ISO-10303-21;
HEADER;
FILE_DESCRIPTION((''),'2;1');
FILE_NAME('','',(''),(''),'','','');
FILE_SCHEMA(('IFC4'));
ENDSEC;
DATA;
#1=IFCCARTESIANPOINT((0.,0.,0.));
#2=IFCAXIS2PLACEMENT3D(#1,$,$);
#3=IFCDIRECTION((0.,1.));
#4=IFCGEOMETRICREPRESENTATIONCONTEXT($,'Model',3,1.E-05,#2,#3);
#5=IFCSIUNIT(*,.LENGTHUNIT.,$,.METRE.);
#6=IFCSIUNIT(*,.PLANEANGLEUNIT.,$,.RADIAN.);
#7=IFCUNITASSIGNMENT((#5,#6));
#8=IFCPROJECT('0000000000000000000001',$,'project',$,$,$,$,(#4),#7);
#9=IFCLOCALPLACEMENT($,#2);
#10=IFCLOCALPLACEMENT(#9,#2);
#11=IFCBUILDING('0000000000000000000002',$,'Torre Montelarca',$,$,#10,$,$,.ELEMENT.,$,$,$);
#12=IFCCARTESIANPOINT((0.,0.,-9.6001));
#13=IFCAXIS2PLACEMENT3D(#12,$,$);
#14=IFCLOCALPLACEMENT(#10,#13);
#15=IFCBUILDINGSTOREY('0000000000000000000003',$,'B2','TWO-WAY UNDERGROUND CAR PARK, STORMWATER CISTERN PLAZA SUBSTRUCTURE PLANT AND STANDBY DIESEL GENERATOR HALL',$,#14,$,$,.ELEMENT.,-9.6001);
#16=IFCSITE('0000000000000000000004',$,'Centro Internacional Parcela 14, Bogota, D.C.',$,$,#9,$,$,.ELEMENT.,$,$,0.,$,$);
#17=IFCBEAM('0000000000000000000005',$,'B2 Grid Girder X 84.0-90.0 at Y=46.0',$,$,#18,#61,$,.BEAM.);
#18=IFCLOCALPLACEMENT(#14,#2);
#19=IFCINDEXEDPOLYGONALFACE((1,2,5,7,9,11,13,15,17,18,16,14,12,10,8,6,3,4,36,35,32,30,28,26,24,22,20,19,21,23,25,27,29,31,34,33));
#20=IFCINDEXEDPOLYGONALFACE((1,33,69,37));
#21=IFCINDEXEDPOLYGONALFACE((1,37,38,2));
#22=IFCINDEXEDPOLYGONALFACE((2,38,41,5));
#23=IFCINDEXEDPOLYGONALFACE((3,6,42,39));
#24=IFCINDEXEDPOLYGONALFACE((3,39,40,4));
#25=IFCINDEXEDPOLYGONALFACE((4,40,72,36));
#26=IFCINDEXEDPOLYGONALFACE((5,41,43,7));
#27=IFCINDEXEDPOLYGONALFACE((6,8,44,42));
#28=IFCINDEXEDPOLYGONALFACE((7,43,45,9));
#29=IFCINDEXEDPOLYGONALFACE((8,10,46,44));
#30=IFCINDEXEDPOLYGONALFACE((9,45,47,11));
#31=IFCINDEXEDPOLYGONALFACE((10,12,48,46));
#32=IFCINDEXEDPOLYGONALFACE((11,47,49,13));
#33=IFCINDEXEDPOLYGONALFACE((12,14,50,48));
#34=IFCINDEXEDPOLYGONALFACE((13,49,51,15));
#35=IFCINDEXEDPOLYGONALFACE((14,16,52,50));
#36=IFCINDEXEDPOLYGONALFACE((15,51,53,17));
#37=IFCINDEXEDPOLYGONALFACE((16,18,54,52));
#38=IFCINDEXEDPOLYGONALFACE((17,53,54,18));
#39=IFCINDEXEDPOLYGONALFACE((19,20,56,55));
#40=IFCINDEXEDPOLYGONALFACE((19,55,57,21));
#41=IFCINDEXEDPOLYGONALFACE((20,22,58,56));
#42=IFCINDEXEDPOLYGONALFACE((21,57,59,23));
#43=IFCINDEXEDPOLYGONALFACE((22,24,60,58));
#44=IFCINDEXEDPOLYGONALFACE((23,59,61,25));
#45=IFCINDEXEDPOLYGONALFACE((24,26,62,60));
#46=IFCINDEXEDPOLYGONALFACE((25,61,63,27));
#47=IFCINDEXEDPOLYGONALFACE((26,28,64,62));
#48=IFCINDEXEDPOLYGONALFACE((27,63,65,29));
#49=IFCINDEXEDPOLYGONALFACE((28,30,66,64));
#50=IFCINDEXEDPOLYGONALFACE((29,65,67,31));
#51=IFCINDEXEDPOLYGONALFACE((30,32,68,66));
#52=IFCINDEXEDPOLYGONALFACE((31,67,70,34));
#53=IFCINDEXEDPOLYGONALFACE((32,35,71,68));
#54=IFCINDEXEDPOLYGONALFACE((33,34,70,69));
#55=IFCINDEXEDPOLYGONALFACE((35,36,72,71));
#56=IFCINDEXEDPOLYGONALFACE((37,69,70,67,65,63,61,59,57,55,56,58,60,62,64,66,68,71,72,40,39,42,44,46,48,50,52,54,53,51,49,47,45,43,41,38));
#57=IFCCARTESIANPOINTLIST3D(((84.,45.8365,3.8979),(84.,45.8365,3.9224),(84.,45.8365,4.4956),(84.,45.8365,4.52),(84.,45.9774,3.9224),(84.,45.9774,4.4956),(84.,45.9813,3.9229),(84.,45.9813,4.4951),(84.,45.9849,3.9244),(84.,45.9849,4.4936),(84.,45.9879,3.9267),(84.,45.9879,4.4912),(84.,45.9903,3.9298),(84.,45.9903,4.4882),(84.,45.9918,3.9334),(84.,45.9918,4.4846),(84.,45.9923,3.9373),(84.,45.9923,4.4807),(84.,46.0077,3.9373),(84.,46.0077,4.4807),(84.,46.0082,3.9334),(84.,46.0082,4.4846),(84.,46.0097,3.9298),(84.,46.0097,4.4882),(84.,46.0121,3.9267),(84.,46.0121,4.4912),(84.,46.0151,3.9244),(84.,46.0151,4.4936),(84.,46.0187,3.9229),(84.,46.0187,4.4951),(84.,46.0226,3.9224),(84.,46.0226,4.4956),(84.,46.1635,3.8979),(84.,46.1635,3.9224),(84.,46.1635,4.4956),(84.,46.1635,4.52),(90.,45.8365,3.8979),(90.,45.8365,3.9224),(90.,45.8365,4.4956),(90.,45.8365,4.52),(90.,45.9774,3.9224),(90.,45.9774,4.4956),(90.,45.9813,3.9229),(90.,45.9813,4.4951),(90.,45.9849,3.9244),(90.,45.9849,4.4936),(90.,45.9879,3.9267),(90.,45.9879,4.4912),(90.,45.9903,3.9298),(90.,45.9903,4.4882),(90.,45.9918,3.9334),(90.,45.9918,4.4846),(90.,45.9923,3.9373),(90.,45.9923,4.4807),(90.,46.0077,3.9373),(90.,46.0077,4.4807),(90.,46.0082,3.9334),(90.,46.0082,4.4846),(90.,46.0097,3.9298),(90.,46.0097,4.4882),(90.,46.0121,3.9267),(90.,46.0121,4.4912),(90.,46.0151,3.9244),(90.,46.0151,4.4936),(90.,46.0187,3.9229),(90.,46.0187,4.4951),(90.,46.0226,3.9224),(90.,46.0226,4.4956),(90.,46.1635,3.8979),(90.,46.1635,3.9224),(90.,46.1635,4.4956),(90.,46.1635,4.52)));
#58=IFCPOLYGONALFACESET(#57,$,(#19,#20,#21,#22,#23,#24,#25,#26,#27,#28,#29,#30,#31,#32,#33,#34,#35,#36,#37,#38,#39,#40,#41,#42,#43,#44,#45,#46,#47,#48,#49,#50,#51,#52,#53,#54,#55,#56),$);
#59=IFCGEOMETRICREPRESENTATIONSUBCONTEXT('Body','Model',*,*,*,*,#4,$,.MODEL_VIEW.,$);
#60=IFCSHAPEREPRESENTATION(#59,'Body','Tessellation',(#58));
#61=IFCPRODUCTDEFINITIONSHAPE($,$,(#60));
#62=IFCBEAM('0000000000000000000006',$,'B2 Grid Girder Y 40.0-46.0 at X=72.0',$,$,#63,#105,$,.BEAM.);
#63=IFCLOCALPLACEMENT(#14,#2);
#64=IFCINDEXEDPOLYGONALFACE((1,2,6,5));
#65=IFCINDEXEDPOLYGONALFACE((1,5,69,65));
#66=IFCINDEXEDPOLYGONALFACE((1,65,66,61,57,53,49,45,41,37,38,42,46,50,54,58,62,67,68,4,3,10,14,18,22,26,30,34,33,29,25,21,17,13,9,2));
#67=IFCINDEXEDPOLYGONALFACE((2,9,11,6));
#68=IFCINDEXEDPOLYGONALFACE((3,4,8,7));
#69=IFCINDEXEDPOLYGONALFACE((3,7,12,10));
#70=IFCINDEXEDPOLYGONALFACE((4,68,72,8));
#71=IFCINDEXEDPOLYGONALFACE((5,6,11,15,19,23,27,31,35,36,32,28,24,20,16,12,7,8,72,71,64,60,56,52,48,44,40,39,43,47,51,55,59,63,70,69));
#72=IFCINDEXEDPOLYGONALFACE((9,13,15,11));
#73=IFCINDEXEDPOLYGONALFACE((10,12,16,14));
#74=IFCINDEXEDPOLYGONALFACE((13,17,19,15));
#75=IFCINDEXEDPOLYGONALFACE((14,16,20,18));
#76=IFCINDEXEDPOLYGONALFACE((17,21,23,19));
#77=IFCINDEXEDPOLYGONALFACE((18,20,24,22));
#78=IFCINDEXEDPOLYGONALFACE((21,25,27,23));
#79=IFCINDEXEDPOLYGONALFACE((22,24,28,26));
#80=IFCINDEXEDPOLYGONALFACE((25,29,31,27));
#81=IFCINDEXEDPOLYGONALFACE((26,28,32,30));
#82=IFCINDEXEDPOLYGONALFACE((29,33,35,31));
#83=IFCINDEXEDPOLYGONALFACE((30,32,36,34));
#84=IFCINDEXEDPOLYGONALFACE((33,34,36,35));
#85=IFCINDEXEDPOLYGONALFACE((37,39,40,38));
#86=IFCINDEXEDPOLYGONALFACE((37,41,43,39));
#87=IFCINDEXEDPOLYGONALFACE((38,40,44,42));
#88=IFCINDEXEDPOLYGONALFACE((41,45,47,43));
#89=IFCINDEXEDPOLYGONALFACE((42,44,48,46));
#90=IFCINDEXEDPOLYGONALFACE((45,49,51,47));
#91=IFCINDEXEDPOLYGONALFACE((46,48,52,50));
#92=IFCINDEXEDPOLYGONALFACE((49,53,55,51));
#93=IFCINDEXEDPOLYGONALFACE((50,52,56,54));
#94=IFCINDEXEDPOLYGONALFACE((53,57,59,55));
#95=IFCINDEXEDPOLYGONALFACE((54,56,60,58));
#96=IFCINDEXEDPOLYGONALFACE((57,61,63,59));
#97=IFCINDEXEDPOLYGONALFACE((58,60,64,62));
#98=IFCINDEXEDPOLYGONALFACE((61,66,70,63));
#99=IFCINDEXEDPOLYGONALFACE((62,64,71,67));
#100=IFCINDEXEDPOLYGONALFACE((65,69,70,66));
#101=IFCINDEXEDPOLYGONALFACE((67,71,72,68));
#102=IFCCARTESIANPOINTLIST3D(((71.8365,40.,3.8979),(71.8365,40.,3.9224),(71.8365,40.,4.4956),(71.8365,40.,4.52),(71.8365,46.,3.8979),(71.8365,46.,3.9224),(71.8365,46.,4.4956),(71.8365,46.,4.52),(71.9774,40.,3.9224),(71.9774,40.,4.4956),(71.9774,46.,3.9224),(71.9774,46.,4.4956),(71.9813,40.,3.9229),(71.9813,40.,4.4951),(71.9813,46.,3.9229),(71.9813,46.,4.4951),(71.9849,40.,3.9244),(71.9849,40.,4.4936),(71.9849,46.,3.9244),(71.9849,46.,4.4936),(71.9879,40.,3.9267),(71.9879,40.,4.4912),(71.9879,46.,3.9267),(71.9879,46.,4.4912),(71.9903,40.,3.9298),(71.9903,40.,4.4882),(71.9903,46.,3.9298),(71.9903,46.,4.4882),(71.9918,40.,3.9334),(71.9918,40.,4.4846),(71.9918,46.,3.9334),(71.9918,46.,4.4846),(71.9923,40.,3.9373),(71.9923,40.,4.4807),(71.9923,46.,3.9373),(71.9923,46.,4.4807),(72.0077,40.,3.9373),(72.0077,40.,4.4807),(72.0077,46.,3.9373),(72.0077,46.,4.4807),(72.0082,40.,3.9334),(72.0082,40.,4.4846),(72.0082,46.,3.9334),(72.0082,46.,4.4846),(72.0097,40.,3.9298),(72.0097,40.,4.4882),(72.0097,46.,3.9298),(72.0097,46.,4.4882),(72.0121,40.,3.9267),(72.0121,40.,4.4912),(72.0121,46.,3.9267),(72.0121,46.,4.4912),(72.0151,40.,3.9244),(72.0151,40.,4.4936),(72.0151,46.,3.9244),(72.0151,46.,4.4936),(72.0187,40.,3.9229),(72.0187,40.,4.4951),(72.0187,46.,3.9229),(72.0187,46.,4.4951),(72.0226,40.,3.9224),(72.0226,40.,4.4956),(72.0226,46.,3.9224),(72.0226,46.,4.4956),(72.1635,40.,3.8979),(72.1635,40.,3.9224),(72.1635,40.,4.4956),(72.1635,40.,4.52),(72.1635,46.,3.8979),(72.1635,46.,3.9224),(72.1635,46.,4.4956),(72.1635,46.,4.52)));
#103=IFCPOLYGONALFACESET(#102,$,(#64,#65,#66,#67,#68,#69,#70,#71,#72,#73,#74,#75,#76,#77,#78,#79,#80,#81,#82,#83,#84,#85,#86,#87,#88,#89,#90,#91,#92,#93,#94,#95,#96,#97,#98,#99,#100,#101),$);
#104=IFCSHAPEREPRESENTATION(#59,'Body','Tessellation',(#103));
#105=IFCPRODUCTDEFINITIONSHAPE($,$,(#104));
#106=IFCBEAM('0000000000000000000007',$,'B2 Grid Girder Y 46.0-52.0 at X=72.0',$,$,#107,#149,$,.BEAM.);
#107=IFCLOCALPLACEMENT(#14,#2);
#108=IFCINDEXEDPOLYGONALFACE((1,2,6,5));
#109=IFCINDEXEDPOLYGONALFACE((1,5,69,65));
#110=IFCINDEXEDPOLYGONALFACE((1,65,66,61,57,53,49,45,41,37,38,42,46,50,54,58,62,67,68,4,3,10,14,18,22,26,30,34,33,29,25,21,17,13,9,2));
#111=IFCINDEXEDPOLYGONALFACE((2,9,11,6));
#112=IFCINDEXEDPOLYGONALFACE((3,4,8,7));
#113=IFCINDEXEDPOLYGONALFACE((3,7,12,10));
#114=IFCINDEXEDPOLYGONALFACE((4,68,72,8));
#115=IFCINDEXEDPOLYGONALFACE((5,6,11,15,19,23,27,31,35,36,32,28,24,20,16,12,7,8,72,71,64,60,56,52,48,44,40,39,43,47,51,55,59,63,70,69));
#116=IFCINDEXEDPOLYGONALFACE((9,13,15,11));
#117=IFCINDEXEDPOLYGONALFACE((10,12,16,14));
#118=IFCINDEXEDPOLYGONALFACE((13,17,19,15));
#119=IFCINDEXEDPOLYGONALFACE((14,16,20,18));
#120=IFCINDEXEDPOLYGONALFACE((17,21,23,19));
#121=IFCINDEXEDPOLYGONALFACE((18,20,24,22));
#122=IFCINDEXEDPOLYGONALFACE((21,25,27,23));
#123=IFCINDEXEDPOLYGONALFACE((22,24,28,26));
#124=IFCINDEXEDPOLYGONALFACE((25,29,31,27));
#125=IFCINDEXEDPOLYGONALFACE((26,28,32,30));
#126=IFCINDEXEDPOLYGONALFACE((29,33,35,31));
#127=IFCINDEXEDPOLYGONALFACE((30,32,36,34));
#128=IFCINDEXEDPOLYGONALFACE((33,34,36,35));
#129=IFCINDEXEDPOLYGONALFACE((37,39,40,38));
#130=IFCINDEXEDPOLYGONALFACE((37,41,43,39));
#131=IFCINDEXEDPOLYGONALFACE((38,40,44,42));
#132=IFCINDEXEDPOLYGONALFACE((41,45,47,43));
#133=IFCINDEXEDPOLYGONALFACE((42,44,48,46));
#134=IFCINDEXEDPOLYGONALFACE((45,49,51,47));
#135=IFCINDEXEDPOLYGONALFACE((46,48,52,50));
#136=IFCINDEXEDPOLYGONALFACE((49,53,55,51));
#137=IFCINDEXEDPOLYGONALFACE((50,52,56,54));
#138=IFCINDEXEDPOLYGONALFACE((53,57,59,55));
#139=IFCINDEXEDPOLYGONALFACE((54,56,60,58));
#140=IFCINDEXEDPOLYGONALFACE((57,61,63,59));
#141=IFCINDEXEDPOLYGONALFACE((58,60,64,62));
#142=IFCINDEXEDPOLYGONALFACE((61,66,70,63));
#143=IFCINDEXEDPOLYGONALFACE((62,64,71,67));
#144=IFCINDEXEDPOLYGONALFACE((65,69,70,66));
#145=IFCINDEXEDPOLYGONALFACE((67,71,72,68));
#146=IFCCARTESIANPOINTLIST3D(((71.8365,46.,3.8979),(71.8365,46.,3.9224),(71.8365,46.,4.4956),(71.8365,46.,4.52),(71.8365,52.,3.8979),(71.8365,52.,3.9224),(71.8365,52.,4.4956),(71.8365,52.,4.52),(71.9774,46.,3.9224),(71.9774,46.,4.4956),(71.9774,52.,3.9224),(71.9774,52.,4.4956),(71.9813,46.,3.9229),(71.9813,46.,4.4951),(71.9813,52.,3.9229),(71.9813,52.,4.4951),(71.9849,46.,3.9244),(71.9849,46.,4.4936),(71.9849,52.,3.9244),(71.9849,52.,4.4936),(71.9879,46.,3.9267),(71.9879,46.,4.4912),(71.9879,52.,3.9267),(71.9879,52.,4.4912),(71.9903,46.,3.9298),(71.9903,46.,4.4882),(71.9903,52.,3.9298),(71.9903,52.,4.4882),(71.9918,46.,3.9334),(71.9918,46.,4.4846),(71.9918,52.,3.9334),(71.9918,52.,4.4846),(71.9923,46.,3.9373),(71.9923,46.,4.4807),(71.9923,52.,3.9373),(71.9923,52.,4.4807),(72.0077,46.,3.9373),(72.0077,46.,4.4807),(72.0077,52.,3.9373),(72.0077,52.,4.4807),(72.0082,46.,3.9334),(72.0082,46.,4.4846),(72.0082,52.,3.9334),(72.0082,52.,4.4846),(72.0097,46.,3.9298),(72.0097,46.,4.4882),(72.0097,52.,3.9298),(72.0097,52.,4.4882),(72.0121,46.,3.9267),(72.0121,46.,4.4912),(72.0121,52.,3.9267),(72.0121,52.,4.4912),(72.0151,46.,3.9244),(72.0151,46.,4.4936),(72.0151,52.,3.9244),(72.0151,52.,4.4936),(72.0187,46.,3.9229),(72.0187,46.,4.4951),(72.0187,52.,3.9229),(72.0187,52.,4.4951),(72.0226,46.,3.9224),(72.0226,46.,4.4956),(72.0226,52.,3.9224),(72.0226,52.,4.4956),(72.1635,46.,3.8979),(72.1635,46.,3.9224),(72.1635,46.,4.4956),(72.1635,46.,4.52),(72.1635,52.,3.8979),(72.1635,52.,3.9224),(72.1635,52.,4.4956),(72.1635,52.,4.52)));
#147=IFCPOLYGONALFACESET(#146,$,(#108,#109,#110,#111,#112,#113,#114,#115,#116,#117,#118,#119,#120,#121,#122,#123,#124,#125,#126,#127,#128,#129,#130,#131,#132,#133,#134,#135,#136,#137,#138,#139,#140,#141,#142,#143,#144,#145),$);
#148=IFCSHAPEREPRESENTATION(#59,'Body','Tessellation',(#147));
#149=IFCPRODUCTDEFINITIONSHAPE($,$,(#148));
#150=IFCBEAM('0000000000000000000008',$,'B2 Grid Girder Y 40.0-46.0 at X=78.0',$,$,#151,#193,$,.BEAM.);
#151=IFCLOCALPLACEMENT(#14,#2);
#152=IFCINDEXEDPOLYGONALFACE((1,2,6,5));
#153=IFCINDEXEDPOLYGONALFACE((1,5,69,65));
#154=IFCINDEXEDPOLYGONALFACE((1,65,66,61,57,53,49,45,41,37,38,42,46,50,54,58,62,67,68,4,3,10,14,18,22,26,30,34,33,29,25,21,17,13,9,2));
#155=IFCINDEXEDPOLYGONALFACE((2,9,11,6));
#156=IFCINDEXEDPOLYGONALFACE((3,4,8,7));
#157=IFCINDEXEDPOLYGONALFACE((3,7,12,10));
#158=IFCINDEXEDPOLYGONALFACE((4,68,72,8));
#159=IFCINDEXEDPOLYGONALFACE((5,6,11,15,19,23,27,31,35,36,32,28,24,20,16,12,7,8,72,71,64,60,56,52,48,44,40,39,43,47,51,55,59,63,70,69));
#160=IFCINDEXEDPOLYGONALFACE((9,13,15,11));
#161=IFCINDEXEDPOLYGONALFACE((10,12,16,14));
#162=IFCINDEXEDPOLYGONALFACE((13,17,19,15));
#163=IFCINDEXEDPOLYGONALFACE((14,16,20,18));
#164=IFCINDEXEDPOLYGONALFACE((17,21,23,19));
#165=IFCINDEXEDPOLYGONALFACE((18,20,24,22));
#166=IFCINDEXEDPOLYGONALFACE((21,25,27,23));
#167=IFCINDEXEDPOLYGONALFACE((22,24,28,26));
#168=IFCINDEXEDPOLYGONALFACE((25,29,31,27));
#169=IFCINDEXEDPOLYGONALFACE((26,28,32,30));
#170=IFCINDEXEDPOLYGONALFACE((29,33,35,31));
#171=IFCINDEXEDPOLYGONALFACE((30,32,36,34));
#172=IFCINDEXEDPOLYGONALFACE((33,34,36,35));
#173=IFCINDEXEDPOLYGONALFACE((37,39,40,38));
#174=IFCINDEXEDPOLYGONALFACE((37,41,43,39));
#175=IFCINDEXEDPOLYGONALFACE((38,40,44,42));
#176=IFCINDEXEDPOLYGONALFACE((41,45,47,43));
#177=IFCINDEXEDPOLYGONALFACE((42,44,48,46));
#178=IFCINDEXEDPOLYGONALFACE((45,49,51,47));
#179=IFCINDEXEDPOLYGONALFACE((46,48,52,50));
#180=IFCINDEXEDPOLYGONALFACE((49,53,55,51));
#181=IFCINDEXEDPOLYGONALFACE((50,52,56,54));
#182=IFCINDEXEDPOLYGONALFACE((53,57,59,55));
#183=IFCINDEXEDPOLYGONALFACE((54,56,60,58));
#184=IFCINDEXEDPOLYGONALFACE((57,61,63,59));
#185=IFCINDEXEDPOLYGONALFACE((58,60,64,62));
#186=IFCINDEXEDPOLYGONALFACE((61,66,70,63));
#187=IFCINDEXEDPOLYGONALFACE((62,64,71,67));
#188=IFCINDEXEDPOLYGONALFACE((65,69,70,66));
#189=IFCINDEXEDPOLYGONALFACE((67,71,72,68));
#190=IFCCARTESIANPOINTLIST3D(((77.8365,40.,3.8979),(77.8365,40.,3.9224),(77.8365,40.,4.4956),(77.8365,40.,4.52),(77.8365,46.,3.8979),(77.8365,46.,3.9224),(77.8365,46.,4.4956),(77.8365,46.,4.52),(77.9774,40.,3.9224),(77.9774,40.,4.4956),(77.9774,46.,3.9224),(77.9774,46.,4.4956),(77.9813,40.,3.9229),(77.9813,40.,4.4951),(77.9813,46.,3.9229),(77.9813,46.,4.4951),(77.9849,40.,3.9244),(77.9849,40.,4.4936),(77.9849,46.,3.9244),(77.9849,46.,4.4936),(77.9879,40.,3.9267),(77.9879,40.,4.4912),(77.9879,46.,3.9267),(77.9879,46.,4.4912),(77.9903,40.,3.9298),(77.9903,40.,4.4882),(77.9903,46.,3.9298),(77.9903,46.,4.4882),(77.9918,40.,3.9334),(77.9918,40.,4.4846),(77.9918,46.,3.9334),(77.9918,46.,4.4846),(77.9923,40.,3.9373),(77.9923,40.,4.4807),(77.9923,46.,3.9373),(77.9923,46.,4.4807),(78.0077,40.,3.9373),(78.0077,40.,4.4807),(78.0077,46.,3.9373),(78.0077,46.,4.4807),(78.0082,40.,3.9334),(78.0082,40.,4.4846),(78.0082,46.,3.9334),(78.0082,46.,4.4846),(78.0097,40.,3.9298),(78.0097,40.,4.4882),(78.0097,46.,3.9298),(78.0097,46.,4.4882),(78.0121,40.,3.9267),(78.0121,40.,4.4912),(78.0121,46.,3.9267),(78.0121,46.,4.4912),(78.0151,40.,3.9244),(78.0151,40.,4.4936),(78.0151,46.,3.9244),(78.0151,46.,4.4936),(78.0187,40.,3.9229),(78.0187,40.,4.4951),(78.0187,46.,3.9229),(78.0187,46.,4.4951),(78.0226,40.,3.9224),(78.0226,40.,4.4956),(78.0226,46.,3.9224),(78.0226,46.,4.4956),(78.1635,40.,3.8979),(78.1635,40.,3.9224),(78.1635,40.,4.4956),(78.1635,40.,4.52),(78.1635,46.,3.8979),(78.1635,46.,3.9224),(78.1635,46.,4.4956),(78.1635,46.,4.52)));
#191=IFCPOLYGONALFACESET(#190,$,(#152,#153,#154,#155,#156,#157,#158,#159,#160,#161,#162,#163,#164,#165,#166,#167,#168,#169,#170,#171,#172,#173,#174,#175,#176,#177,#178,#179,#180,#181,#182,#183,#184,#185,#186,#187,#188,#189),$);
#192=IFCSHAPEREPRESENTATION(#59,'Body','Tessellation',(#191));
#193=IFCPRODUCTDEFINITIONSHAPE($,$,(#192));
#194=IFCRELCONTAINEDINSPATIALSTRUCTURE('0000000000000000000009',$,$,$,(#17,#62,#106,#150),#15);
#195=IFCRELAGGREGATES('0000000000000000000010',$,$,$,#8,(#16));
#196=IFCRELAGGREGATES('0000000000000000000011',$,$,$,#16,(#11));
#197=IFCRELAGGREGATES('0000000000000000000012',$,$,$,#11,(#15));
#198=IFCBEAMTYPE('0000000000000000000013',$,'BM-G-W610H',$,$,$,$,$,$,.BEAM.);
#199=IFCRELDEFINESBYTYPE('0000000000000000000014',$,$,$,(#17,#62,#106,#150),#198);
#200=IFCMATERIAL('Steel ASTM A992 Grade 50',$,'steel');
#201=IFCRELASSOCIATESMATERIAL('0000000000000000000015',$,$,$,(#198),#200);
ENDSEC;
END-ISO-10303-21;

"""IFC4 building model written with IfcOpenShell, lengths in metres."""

from ifc_helpers import new_model, si_unit, direction, frame, origin, origin_2d, place, context, subcontext, project, spatial, i_section, extrude, source, transform, mapped, material, material_profile, profile_set, type_object, element, save


model = new_model("IFC4")

# Units and contexts
model_context = context("Model", 3, precision=1e-05, world=origin(), true_north=direction((0.0, 1.0)))
body_context = subcontext(model_context, "Body", "Model", "MODEL_VIEW")
ifc_project = project(units=[si_unit("LENGTHUNIT", "METRE"), si_unit("PLANEANGLEUNIT", "RADIAN")], contexts=[model_context])

# Site, building, storey
site_placement = place(None, origin())
site = spatial("IfcSite", under=ifc_project, at=site_placement, Name="Centro Internacional Parcela 14, Bogota, D.C.", CompositionType="ELEMENT", RefElevation=0.0)
building_placement = place(site_placement, origin())
building = spatial("IfcBuilding", under=site, at=building_placement, Name="Torre Montelarca", CompositionType="ELEMENT")
storey_placement = place(building_placement, frame((0.0, 0.0, -9.6001)))
storey = spatial("IfcBuildingStorey", under=building, at=storey_placement, Name="B2", Description="TWO-WAY UNDERGROUND CAR PARK, STORMWATER CISTERN PLAZA SUBSTRUCTURE PLANT AND STANDBY DIESEL GENERATOR HALL", CompositionType="ELEMENT", Elevation=-9.6001)

# Beams
ifc_material_1 = material(Name="Steel ASTM A992 Grade 50", Category="steel")
ifc_material_profile_1 = material_profile(ifc_material_1, i_section(OverallWidth=0.3269, OverallDepth=0.6221, WebThickness=0.0154, FlangeThickness=0.0244, FilletRadius=0.0149, at=origin_2d()), Name="W610X195", Category="steel")
ifc_profile_set_1 = profile_set([ifc_material_profile_1], Name="Steel ASTM A992 Grade 50")
beam_type_1 = type_object("IfcBeamType", Name="BM-G-W610H", PredefinedType="BEAM", material=ifc_profile_set_1)
shared_shape_1 = source(origin(), body_context, "Body", "SweptSolid", [
    extrude(i_section(OverallWidth=0.3269, OverallDepth=0.6221, WebThickness=0.0154, FlangeThickness=0.0244, FilletRadius=0.0149, at=origin_2d()), origin(), (0.0, 0.0, 1.0), 6.0),
])
for number, where, z_axis, x_axis, name in (
    (1, (84.0, 46.0, 4.209), (1.0, 0.0, 0.0), (0.0, 1.0, 0.0), "B2 Grid Girder X 84.0-90.0 at Y=46.0"),
    (2, (72.0, 40.0, 4.209), (0.0, 1.0, 0.0), (-1.0, 0.0, 0.0), "B2 Grid Girder Y 40.0-46.0 at X=72.0"),
    (3, (72.0, 46.0, 4.209), (0.0, 1.0, 0.0), (-1.0, 0.0, 0.0), "B2 Grid Girder Y 46.0-52.0 at X=72.0"),
    (4, (78.0, 40.0, 4.209), (0.0, 1.0, 0.0), (-1.0, 0.0, 0.0), "B2 Grid Girder Y 40.0-46.0 at X=78.0"),
):
    element("IfcBeam", number, at=place(storey_placement, frame(where, z_axis=z_axis, x_axis=x_axis)), inside=storey, type_object=beam_type_1, Name=name, PredefinedType="BEAM", context=body_context, shape_type="MappedRepresentation", body=[
        mapped(shared_shape_1, transform((0.0, 0.0, 0.0), scale=1.0)),
    ])

save(model, "model.ifc")
